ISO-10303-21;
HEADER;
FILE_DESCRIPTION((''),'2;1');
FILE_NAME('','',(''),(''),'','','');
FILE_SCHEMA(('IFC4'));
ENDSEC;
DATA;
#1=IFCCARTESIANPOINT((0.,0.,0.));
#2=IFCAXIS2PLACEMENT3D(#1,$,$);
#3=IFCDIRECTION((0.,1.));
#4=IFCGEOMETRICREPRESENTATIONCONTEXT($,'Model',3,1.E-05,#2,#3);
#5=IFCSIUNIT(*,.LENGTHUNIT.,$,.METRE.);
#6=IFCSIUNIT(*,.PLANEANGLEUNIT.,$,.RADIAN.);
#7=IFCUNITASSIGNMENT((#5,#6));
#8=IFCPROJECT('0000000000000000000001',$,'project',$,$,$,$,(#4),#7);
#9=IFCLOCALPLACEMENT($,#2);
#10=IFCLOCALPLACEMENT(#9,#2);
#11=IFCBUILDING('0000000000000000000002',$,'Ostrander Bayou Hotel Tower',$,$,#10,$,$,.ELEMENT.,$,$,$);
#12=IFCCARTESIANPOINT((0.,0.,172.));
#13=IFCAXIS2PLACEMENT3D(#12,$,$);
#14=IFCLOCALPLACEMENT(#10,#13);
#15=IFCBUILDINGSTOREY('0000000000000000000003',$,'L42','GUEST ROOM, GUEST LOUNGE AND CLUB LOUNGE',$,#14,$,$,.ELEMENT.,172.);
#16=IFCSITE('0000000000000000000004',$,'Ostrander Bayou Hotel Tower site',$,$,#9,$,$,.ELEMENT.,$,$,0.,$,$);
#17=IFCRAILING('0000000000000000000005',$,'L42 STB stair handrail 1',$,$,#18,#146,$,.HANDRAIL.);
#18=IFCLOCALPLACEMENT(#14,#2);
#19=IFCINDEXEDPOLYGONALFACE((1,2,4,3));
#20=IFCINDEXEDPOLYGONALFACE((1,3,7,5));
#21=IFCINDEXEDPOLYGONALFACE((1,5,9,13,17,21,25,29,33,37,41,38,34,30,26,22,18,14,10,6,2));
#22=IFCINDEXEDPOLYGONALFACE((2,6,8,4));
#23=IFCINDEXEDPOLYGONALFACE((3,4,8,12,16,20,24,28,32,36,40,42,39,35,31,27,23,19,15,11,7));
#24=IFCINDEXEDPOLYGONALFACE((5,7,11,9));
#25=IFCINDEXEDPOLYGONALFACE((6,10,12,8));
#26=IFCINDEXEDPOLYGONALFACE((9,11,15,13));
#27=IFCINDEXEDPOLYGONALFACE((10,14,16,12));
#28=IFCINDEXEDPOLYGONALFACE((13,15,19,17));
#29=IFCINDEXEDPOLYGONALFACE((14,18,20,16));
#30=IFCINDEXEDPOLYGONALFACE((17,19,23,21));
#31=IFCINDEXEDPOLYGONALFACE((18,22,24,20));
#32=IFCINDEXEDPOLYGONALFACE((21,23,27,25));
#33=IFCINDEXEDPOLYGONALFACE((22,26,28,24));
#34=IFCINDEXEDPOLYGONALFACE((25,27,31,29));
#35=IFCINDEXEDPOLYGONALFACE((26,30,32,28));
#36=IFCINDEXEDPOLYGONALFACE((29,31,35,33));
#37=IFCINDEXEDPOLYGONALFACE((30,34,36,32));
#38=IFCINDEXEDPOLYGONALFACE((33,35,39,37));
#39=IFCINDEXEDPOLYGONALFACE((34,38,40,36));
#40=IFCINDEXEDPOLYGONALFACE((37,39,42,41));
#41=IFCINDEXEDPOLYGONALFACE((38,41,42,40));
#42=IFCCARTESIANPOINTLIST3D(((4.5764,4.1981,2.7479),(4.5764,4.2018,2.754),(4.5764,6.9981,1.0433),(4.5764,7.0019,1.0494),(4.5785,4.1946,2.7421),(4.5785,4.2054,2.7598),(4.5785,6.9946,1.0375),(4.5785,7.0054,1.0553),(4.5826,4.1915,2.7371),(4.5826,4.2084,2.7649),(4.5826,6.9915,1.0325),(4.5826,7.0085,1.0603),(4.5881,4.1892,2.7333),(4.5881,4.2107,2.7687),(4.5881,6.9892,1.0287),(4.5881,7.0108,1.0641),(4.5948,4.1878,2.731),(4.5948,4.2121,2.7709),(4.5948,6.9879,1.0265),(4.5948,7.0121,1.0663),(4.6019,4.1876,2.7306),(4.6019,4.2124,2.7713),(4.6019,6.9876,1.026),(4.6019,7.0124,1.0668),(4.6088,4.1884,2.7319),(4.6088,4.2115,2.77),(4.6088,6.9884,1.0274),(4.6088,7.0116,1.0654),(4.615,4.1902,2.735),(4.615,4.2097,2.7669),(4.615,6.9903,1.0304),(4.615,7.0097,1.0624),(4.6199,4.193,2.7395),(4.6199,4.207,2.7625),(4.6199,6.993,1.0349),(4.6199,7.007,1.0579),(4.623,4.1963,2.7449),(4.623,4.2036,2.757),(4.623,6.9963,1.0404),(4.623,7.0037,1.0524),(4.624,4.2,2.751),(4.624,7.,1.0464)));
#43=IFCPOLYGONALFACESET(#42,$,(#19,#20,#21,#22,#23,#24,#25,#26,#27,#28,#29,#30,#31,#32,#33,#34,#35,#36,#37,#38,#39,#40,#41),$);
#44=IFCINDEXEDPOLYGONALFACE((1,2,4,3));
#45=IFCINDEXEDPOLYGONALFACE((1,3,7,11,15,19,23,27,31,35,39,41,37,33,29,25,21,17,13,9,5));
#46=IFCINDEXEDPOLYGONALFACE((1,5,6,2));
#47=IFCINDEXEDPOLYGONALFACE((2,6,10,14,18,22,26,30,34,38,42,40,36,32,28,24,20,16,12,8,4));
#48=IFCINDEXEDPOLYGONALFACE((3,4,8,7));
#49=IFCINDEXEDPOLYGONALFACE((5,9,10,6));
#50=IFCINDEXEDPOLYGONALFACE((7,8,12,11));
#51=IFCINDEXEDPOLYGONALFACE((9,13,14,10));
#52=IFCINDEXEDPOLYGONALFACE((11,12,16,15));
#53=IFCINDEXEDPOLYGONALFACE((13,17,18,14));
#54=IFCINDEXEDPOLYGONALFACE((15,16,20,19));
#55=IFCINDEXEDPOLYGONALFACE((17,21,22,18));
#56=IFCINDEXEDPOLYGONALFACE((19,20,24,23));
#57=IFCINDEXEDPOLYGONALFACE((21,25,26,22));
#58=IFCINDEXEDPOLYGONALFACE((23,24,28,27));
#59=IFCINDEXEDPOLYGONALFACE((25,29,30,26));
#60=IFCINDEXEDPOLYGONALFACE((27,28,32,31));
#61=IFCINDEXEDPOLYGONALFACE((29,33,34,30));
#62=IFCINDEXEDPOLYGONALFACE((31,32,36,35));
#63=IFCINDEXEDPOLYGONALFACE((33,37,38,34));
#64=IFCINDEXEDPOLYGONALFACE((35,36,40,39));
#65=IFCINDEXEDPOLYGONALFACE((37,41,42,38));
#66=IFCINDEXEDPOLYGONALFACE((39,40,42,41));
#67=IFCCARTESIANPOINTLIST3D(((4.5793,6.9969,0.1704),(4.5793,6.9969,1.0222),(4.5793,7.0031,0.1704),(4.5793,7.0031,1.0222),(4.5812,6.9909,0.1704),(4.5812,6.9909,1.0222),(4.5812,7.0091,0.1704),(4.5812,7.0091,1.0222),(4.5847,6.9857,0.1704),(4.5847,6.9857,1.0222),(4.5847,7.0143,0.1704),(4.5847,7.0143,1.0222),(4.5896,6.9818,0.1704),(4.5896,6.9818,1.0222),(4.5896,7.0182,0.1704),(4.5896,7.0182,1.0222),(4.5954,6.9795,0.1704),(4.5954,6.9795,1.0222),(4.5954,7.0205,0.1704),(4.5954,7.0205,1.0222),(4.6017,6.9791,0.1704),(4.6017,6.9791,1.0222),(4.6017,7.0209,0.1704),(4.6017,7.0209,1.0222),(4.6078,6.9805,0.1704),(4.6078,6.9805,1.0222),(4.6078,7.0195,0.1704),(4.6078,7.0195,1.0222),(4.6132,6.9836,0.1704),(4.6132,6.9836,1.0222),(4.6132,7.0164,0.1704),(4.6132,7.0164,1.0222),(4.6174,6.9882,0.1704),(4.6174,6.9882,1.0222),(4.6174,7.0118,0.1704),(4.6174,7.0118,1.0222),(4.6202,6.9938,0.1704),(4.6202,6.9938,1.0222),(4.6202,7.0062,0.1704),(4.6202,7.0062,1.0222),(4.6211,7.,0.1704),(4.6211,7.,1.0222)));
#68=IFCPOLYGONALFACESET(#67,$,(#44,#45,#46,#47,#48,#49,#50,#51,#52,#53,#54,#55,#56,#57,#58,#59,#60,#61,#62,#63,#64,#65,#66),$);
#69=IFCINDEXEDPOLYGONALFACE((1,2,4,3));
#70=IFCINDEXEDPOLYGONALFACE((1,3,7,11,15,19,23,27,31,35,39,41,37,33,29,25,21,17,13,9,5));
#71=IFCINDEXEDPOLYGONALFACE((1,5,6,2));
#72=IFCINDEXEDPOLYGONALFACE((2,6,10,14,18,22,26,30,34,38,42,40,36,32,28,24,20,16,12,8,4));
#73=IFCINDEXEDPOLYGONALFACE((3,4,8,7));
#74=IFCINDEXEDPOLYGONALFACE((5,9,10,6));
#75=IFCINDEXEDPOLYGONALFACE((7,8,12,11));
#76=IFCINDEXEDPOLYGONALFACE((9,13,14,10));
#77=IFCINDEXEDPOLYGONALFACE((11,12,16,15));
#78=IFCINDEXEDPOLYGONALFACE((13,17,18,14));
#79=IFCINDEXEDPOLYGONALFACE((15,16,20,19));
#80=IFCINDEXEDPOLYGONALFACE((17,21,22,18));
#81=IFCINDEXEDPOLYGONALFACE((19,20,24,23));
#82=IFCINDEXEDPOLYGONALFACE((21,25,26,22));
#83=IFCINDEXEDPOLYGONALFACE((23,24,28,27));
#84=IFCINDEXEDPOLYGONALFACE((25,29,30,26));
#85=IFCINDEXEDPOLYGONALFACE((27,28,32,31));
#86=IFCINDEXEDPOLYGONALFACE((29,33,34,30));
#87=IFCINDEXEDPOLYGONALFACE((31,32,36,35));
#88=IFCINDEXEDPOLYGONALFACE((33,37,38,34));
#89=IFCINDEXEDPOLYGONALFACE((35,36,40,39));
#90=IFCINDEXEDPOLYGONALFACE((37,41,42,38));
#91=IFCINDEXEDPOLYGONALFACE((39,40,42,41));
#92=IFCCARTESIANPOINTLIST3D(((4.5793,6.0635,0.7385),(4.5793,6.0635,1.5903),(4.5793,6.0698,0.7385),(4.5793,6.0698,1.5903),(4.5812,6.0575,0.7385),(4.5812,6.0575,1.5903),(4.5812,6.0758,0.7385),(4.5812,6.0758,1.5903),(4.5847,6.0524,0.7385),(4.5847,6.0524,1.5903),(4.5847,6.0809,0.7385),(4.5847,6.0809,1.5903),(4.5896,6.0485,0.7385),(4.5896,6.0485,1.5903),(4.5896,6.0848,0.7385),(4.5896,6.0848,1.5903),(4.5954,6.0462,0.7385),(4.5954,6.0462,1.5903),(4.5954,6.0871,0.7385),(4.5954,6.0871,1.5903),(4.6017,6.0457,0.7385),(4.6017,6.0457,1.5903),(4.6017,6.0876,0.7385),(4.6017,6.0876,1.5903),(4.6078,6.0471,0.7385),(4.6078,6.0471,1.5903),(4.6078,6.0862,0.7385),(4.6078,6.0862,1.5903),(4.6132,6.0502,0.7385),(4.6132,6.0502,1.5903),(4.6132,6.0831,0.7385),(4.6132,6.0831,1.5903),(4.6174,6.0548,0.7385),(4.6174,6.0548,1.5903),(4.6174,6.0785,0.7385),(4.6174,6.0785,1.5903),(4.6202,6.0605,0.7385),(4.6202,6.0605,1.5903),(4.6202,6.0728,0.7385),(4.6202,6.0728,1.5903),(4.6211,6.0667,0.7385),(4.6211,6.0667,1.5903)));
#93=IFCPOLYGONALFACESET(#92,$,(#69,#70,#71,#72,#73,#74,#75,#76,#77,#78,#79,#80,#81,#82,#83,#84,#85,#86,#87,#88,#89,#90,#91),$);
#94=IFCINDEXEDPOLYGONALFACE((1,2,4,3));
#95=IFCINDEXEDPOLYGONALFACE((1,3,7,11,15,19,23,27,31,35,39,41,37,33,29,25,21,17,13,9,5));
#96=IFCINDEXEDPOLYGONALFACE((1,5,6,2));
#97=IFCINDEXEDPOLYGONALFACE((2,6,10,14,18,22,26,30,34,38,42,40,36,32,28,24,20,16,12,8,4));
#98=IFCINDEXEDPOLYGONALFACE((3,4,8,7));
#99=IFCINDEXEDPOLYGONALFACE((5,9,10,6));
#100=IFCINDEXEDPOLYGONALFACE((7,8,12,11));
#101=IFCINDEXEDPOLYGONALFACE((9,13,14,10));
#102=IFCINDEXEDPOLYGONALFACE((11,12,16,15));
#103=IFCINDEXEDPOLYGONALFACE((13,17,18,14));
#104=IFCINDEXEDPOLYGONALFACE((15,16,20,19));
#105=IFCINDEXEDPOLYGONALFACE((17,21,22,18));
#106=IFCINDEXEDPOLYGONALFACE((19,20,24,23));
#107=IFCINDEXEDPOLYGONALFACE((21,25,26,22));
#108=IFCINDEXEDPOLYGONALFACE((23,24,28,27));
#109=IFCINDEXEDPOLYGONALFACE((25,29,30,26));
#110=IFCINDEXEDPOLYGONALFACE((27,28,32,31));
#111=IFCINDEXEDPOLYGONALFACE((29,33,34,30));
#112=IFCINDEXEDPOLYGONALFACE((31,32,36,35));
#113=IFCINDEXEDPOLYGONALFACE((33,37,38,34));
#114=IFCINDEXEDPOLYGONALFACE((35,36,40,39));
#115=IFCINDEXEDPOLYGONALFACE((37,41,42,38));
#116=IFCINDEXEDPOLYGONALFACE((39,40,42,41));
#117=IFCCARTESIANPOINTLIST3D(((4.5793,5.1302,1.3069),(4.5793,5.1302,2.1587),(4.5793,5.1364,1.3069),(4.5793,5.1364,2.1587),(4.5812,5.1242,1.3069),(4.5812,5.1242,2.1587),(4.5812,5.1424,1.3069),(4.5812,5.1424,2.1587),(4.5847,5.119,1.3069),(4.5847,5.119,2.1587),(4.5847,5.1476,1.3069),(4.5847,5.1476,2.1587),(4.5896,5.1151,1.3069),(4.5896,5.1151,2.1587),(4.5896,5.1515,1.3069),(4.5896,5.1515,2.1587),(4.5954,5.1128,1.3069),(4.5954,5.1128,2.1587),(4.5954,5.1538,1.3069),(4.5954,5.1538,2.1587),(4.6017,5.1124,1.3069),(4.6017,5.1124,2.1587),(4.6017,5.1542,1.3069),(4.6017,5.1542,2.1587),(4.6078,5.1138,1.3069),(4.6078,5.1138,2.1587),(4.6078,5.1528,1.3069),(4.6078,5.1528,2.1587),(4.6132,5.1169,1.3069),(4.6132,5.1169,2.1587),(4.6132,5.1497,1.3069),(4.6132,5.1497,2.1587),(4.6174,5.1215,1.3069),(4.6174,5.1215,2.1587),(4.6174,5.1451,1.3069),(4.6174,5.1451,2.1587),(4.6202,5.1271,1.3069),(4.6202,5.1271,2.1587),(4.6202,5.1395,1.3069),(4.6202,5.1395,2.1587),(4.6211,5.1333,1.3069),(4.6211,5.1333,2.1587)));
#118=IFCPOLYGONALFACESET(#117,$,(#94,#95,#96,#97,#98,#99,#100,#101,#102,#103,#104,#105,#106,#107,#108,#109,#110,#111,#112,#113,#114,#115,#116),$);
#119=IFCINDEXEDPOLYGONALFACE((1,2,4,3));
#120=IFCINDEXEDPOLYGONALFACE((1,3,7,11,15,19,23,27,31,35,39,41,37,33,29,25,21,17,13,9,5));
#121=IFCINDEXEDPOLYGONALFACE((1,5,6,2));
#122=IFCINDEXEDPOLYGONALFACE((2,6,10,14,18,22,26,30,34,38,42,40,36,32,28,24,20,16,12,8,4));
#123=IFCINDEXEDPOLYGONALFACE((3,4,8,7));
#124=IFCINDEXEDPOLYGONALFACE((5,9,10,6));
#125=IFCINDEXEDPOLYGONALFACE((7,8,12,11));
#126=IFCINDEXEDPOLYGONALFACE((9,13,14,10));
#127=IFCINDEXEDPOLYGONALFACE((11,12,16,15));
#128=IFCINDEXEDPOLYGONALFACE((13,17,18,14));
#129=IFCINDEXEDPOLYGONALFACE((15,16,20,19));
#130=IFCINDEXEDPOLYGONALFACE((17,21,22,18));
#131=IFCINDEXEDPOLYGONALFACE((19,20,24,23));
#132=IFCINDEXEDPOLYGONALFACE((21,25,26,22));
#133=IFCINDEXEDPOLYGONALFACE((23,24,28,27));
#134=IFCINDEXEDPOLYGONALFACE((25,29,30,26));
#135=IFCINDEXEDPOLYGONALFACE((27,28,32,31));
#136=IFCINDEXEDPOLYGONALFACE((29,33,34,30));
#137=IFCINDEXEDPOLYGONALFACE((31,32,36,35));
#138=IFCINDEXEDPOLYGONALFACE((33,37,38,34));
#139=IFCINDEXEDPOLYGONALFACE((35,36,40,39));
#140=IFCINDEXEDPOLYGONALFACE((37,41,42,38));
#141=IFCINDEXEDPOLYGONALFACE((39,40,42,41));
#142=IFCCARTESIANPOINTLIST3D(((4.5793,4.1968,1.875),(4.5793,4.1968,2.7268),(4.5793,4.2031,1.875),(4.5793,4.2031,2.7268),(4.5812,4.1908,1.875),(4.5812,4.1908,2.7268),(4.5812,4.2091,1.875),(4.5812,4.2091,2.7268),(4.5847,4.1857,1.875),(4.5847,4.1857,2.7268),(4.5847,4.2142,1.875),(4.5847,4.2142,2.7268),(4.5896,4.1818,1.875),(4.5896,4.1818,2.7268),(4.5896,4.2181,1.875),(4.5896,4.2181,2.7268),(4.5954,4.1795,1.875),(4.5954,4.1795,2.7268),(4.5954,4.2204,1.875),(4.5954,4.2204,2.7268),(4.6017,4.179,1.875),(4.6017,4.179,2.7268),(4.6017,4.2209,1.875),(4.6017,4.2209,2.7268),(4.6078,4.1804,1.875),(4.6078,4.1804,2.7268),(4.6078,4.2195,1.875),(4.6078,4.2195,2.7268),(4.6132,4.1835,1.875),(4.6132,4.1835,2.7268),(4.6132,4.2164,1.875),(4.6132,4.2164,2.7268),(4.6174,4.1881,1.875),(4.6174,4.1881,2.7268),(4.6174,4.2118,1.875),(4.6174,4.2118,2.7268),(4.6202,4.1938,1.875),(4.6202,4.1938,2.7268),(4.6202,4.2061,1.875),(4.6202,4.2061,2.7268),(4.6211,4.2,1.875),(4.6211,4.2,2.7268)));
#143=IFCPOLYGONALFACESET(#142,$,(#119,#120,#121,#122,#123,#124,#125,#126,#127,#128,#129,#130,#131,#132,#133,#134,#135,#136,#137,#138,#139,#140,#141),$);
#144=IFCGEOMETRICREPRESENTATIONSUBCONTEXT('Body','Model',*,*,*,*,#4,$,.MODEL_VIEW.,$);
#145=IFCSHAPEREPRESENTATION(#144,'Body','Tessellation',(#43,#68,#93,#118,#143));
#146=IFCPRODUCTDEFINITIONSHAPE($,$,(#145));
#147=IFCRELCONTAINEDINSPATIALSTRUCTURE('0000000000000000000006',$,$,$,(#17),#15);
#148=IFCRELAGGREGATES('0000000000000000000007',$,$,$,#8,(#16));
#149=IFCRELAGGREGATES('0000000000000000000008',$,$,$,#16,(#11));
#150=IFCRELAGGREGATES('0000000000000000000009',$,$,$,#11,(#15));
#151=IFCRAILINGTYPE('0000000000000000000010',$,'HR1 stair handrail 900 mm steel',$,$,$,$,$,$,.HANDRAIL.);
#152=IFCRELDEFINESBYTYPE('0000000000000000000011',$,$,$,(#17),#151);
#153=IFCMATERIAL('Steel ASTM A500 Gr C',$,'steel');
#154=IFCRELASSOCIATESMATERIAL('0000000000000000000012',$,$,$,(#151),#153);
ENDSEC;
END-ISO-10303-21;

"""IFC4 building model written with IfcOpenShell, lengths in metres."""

from ifc_helpers import new_model, si_unit, direction, frame, origin, origin_2d, place, context, subcontext, project, spatial, circle, extrude, material, type_object, element, save


model = new_model("IFC4")

# Units and contexts
model_context = context("Model", 3, precision=1e-05, world=origin(), true_north=direction((0.0, 1.0)))
body_context = subcontext(model_context, "Body", "Model", "MODEL_VIEW")
ifc_project = project(units=[si_unit("LENGTHUNIT", "METRE"), si_unit("PLANEANGLEUNIT", "RADIAN")], contexts=[model_context])

# Site, building, storey
site_placement = place(None, origin())
site = spatial("IfcSite", under=ifc_project, at=site_placement, Name="Ostrander Bayou Hotel Tower site", CompositionType="ELEMENT", RefElevation=0.0)
building_placement = place(site_placement, origin())
building = spatial("IfcBuilding", under=site, at=building_placement, Name="Ostrander Bayou Hotel Tower", CompositionType="ELEMENT")
storey_placement = place(building_placement, frame((0.0, 0.0, 172.0)))
storey = spatial("IfcBuildingStorey", under=building, at=storey_placement, Name="L42", Description="GUEST ROOM, GUEST LOUNGE AND CLUB LOUNGE", CompositionType="ELEMENT", Elevation=172.0)

# Railing
ifc_material_1 = material(Name="Steel ASTM A500 Gr C", Category="steel")
railing_type_1 = type_object("IfcRailingType", Name="HR1 stair handrail 900 mm steel", PredefinedType="HANDRAIL", material=ifc_material_1)
railing_1_placement = place(storey_placement, frame((4.6001, 7.0, 0.1704)))
element("IfcRailing", 1, at=railing_1_placement, inside=storey, type_object=railing_type_1, Name="L42 STB stair handrail 1", PredefinedType="HANDRAIL", context=body_context, shape_type="SweptSolid", body=[
    extrude(circle(Radius=0.0239, at=origin_2d()), frame((0.0, 0.0, 0.876), z_axis=(0.0, -0.85417, 0.519994), x_axis=(1.0, 0.0, 0.0)), (0.0, 0.0, 1.0), 3.2781),
    extrude(circle(Radius=0.021, at=origin_2d()), origin(), (0.0, 0.0, 1.0), 0.8518),
    extrude(circle(Radius=0.021, at=origin_2d()), frame((0.0, -0.9333, 0.5681)), (0.0, 0.0, 1.0), 0.8518),
    extrude(circle(Radius=0.021, at=origin_2d()), frame((0.0, -1.8667, 1.1365)), (0.0, 0.0, 1.0), 0.8518),
    extrude(circle(Radius=0.021, at=origin_2d()), frame((0.0, -2.8, 1.7046)), (0.0, 0.0, 1.0), 0.8518),
])

save(model, "model.ifc")
